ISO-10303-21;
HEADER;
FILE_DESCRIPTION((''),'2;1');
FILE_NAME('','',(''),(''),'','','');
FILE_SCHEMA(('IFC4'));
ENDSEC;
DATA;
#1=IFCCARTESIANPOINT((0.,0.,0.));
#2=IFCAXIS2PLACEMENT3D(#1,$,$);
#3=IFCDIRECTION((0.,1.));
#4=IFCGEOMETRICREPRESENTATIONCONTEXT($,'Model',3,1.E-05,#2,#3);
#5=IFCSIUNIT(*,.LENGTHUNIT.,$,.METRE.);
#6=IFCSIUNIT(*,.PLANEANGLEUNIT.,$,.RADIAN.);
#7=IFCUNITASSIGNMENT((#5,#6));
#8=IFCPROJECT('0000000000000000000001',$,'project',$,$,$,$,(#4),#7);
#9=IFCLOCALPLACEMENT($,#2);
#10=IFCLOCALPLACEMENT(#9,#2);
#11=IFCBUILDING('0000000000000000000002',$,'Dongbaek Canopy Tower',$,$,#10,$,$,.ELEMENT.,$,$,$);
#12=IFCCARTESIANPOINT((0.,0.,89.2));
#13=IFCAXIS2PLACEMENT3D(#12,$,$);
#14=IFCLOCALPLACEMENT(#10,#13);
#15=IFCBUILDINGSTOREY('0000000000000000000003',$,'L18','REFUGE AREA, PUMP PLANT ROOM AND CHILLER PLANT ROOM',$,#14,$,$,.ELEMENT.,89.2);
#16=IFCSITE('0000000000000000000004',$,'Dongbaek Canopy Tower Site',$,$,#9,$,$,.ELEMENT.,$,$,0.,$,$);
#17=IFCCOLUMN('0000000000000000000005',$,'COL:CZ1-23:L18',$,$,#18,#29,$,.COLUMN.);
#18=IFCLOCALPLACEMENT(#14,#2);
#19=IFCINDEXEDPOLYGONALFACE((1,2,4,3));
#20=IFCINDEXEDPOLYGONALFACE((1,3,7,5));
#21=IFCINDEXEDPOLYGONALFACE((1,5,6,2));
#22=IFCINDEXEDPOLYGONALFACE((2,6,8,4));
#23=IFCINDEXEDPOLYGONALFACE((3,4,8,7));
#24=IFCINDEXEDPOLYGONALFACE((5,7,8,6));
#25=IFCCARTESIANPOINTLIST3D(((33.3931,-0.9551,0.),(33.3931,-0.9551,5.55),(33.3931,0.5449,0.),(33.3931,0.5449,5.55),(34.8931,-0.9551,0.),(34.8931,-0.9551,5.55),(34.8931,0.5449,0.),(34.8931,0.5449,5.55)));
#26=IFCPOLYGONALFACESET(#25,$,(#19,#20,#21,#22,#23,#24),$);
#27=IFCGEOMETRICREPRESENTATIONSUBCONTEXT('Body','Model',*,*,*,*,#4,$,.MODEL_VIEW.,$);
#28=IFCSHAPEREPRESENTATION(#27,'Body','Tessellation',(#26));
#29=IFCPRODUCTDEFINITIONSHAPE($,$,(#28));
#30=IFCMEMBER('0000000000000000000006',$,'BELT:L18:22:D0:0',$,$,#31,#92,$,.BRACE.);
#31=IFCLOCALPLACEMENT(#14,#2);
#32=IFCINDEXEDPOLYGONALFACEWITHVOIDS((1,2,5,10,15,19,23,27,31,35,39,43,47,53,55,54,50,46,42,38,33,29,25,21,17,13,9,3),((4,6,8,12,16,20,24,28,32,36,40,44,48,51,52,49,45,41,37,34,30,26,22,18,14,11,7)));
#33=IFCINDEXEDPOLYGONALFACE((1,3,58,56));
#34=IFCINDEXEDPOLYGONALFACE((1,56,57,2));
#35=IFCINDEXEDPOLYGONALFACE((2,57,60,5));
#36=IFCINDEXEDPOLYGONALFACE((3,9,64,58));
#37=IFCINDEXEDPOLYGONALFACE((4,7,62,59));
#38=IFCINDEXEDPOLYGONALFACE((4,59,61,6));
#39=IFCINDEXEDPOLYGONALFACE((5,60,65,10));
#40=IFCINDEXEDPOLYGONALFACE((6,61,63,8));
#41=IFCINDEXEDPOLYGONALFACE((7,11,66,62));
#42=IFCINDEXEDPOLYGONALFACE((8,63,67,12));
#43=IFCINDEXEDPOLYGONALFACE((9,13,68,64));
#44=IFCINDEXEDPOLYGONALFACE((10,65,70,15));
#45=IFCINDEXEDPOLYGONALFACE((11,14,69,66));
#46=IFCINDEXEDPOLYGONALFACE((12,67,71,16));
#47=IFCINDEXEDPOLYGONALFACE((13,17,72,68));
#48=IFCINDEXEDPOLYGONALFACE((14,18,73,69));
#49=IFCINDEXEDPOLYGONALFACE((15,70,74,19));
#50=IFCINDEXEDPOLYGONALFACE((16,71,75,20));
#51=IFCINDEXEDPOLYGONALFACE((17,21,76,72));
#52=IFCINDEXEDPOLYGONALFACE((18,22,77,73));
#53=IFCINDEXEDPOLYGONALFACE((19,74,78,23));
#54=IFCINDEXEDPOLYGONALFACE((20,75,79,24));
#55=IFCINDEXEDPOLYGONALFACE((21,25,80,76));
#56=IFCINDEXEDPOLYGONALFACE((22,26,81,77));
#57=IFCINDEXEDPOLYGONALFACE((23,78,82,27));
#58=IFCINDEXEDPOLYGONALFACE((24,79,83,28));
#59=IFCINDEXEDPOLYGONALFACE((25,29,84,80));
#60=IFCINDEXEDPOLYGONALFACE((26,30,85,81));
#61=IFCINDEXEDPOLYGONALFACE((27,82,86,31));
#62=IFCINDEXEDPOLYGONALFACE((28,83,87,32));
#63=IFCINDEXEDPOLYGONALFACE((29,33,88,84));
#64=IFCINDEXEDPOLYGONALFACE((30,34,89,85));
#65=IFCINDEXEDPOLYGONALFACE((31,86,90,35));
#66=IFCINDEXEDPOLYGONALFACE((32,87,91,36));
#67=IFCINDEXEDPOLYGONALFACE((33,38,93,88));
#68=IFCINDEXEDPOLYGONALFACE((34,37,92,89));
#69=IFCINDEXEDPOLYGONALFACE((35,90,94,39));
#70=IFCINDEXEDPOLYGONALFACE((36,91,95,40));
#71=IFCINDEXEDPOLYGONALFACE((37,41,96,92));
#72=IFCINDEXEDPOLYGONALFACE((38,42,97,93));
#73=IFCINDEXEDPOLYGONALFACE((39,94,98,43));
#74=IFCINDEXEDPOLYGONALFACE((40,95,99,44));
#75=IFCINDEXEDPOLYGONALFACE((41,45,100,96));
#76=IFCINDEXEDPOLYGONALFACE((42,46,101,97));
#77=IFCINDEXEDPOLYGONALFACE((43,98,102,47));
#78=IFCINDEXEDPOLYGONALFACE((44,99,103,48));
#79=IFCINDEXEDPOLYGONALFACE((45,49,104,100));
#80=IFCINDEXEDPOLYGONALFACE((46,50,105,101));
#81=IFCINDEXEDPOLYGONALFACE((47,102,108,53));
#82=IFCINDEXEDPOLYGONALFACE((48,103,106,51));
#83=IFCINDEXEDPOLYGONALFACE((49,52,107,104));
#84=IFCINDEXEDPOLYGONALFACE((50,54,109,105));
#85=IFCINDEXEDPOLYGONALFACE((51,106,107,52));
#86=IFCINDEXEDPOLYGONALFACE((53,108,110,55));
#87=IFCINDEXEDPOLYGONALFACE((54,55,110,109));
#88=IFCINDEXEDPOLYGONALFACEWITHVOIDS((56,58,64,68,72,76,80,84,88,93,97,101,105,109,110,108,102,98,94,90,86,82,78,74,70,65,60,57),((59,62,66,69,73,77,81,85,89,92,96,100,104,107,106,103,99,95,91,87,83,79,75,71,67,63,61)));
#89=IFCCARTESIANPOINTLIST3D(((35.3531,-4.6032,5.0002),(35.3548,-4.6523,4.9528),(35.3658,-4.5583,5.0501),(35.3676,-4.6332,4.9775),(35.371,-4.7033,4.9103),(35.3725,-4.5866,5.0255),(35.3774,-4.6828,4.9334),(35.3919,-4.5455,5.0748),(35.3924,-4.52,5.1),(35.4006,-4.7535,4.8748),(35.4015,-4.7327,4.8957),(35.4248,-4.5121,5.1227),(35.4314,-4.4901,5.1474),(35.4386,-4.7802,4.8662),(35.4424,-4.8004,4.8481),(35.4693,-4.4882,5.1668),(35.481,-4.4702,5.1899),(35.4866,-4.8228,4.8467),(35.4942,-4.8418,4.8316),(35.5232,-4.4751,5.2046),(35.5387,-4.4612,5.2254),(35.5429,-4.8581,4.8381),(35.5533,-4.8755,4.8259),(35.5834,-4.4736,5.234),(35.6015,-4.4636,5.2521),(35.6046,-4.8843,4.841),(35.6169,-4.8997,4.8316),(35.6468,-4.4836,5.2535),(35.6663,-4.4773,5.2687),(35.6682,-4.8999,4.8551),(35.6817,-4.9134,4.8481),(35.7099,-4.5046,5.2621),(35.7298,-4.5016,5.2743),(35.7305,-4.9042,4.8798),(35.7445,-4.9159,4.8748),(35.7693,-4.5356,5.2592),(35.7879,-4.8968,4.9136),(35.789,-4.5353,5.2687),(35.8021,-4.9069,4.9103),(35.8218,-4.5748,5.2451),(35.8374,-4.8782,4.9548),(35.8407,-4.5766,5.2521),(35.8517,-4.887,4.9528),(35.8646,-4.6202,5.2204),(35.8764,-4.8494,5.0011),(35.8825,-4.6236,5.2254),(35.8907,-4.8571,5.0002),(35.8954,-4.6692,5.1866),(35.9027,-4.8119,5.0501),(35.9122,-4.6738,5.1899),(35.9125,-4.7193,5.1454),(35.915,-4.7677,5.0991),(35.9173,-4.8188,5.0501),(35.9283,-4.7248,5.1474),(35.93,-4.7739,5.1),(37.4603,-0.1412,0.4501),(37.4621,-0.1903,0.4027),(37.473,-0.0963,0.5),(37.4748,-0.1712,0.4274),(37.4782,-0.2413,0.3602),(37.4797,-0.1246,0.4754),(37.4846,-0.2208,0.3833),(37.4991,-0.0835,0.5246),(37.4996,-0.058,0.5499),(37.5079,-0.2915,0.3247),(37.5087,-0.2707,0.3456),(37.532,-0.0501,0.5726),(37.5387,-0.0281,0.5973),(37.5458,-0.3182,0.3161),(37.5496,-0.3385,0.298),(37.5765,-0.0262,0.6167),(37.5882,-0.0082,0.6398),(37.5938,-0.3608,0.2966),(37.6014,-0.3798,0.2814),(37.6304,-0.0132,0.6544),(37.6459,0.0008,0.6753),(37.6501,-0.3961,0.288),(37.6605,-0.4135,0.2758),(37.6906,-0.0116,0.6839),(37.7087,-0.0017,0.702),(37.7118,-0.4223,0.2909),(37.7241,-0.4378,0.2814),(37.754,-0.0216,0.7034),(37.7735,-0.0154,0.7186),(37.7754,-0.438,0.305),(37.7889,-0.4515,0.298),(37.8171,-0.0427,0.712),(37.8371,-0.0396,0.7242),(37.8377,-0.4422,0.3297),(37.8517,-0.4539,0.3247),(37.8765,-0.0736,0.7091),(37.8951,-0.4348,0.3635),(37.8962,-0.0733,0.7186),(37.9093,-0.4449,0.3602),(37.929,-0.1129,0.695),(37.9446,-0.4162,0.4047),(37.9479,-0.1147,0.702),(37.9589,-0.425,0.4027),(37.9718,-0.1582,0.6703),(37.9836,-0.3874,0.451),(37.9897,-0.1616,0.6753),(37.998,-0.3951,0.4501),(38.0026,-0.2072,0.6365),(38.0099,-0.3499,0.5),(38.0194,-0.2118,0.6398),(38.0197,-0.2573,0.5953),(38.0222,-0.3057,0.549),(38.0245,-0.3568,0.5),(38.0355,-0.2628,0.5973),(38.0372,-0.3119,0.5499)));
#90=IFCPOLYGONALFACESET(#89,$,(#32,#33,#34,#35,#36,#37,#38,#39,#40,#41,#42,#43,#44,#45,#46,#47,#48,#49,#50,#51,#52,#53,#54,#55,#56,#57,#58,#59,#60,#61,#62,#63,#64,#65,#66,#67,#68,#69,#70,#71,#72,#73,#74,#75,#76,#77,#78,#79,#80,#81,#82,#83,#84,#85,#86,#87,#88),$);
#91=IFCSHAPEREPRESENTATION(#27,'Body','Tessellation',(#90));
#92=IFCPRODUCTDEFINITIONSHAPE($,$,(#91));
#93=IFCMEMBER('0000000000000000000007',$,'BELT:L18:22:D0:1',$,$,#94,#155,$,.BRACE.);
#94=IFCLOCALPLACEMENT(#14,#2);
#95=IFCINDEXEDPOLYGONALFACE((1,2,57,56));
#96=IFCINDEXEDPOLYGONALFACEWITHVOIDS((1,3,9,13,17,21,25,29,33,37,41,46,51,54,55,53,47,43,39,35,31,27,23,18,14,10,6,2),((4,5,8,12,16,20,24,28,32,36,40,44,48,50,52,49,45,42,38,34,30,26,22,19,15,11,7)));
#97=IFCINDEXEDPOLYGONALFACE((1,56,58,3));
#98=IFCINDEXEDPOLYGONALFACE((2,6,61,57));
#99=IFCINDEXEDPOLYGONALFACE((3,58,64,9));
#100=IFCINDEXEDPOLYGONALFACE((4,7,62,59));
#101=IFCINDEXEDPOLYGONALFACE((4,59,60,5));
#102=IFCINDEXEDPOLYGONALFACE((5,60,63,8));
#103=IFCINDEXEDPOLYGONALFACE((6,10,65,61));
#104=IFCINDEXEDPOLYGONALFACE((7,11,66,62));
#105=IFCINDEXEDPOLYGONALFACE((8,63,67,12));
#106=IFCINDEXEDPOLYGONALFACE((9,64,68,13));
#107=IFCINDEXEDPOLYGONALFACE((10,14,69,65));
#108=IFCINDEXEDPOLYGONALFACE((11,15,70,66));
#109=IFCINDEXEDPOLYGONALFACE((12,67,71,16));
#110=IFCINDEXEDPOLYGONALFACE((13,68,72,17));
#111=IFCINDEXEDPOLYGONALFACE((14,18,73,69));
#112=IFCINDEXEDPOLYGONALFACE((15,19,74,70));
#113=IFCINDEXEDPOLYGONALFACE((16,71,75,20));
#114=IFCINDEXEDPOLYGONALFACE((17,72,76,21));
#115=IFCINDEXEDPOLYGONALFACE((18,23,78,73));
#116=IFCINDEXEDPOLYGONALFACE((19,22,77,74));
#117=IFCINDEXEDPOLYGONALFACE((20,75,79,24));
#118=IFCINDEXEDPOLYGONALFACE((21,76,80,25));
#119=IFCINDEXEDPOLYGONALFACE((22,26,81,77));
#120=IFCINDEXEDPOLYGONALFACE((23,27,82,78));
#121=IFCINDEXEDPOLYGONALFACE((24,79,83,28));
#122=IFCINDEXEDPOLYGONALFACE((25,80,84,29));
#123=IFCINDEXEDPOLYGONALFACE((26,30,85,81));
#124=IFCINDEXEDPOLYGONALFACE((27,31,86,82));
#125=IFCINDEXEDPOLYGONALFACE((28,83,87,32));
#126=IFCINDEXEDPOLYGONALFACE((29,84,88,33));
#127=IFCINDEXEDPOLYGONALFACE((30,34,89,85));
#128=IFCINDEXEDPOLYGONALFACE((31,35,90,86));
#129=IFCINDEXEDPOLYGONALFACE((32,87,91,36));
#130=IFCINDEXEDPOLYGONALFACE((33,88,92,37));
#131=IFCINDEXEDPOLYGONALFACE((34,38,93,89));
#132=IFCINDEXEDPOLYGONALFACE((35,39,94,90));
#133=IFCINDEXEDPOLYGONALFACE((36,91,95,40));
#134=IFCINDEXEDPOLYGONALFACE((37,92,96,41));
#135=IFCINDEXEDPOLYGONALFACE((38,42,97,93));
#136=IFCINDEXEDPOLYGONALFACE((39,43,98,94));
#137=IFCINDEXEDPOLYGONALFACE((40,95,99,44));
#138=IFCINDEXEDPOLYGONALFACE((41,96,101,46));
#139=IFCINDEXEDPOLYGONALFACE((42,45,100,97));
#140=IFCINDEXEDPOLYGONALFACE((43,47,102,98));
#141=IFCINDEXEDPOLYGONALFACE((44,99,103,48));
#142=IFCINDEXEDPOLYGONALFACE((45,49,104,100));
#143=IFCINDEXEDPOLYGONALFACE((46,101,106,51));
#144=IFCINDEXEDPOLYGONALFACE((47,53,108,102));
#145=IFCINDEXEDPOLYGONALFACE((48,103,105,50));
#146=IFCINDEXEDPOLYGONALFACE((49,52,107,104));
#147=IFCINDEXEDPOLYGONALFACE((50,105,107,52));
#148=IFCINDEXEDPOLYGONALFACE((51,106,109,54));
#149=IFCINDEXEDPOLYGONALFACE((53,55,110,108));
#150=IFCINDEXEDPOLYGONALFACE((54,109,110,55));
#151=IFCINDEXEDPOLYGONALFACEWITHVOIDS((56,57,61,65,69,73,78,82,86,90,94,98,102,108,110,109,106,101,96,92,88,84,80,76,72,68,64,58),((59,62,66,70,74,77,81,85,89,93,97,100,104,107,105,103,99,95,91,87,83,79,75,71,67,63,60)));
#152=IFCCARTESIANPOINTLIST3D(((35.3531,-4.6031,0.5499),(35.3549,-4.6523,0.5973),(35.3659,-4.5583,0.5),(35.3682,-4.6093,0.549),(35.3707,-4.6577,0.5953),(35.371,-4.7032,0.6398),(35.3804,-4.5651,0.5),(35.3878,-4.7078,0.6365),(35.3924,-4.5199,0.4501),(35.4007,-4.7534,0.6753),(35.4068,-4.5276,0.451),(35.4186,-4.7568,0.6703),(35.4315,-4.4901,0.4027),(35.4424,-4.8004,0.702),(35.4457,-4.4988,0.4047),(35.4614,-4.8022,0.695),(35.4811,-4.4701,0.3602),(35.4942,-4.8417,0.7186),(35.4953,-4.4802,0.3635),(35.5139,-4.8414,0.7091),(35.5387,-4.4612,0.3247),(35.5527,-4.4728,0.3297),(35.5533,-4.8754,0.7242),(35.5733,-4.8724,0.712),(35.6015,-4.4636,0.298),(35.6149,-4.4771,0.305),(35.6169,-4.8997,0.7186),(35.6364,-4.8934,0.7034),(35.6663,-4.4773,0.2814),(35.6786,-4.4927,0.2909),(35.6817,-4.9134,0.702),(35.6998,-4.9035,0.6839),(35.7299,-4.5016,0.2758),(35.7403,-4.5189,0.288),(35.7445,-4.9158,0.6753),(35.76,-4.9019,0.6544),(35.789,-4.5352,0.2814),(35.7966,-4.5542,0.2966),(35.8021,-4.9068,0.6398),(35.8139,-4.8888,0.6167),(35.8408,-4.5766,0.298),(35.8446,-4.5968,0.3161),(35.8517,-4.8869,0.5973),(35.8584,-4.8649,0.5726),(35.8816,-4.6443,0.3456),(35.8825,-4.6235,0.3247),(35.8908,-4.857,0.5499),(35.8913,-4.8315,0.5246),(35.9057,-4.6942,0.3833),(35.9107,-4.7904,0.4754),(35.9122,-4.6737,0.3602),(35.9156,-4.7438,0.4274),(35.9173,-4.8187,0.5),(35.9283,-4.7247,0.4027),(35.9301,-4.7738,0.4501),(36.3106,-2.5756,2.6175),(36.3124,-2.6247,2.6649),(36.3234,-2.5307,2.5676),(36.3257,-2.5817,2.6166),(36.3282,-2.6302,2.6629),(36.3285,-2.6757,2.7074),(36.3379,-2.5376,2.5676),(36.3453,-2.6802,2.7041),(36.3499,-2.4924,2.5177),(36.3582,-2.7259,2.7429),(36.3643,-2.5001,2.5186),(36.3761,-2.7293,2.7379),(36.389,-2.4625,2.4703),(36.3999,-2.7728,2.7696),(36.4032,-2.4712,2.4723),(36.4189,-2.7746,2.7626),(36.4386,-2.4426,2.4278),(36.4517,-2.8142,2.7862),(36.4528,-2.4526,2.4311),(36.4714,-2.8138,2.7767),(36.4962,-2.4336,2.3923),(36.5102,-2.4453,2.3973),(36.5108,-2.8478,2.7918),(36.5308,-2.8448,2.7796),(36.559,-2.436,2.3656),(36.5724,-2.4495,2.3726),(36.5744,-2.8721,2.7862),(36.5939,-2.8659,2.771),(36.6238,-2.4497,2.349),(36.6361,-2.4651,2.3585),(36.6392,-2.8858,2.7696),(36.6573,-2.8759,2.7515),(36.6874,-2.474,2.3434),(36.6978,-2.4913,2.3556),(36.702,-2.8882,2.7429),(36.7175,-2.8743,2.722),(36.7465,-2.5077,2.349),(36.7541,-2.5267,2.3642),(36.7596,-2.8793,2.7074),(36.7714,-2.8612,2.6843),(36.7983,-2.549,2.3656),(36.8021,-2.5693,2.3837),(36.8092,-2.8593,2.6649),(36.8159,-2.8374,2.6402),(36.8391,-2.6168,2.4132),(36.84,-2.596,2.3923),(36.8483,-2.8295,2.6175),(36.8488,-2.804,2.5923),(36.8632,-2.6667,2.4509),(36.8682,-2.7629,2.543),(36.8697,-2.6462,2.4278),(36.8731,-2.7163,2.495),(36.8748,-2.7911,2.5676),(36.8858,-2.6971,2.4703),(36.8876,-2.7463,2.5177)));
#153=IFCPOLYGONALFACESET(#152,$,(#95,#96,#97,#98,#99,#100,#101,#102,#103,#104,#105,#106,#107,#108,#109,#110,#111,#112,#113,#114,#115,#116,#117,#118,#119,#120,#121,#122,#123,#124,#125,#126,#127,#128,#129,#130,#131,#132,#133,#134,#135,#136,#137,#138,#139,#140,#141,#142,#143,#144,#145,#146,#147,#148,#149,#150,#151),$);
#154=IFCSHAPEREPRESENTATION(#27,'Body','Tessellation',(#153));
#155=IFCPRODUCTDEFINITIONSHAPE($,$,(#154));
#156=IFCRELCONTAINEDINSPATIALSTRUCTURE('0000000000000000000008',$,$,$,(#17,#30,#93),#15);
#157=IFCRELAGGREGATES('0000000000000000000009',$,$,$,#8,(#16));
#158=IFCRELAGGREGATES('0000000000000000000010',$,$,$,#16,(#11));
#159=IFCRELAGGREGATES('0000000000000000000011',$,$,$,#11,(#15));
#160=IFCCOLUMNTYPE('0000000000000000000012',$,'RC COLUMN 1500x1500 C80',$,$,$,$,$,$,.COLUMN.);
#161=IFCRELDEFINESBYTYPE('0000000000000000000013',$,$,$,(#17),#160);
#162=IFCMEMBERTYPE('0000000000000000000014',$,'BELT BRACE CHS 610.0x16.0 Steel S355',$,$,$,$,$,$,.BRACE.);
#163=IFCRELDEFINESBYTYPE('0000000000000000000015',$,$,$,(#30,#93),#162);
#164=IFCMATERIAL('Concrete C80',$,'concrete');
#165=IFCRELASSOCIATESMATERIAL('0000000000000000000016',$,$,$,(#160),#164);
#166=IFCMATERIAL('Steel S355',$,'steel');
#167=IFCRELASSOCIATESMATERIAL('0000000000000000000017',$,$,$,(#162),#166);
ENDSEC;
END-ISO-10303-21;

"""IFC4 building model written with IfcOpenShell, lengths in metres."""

from ifc_helpers import new_model, si_unit, direction, frame, origin, origin_2d, place, context, subcontext, project, spatial, rectangle, hollow_circle, extrude, material, material_profile, profile_set, type_object, element, save


model = new_model("IFC4")

# Units and contexts
model_context = context("Model", 3, precision=1e-05, world=origin(), true_north=direction((0.0, 1.0)))
body_context = subcontext(model_context, "Body", "Model", "MODEL_VIEW")
ifc_project = project(units=[si_unit("LENGTHUNIT", "METRE"), si_unit("PLANEANGLEUNIT", "RADIAN")], contexts=[model_context])

# Site, building, storey
site_placement = place(None, origin())
site = spatial("IfcSite", under=ifc_project, at=site_placement, Name="Dongbaek Canopy Tower Site", CompositionType="ELEMENT", RefElevation=0.0)
building_placement = place(site_placement, origin())
building = spatial("IfcBuilding", under=site, at=building_placement, Name="Dongbaek Canopy Tower", CompositionType="ELEMENT")
storey_placement = place(building_placement, frame((0.0, 0.0, 89.2)))
storey = spatial("IfcBuildingStorey", under=building, at=storey_placement, Name="L18", Description="REFUGE AREA, PUMP PLANT ROOM AND CHILLER PLANT ROOM", CompositionType="ELEMENT", Elevation=89.2)

# Column
ifc_material_1 = material(Name="Concrete C80", Category="concrete")
ifc_material_profile_1 = material_profile(ifc_material_1, rectangle(XDim=1.5, YDim=1.5, at=origin_2d()), Name="RC COLUMN 1500x1500 C80")
ifc_profile_set_1 = profile_set([ifc_material_profile_1], Name="Concrete C80")
column_type = type_object("IfcColumnType", Name="RC COLUMN 1500x1500 C80", PredefinedType="COLUMN", material=ifc_profile_set_1)
column_placement = place(storey_placement, frame((34.1431, -0.2051, 0.0), z_axis=(0.0, 0.0, 1.0), x_axis=(1.0, 0.0, 0.0)))
element("IfcColumn", 1, at=column_placement, inside=storey, type_object=column_type, Name="COL:CZ1-23:L18", PredefinedType="COLUMN", context=body_context, shape_type="SweptSolid", body=[
    extrude(rectangle(XDim=1.5, YDim=1.5, at=origin_2d()), origin(), (0.0, 0.0, 1.0), 5.55),
])

# Members
ifc_material_2 = material(Name="Steel S355", Category="steel")
ifc_material_profile_2 = material_profile(ifc_material_2, hollow_circle(Radius=0.3049, WallThickness=0.0161, at=origin_2d()), Name="BELT BRACE CHS 610.0x16.0 Steel S355")
ifc_profile_set_2 = profile_set([ifc_material_profile_2], Name="Steel S355")
member_type_1 = type_object("IfcMemberType", Name="BELT BRACE CHS 610.0x16.0 Steel S355", PredefinedType="BRACE", material=ifc_profile_set_2)
member_1_placement = place(storey_placement, frame((37.7488, -0.2266, 0.5), z_axis=(-0.313939, -0.66476, 0.677891), x_axis=(0.904236, -0.427033, 0.0)))
element("IfcMember", 2, at=member_1_placement, inside=storey, type_object=member_type_1, Name="BELT:L18:22:D0:0", PredefinedType="BRACE", context=body_context, shape_type="SweptSolid", body=[
    extrude(hollow_circle(Radius=0.3049, WallThickness=0.0161, at=origin_2d()), origin(), (0.0, 0.0, 1.0), 6.7122),
])
for number, where, z_axis, x_axis, name in (
    (3, (35.6416, -4.6885, 0.5), (0.313932, 0.664764, 0.677891), (-0.90424, 0.427024, 0.0), "BELT:L18:22:D0:1"),
):
    element("IfcMember", number, at=place(storey_placement, frame(where, z_axis=z_axis, x_axis=x_axis)), inside=storey, type_object=member_type_1, Name=name, PredefinedType="BRACE", context=body_context, shape_type="SweptSolid", body=[
        extrude(hollow_circle(Radius=0.3049, WallThickness=0.0161, at=origin_2d()), origin(), (0.0, 0.0, 1.0), 3.05),
    ])

save(model, "model.ifc")
